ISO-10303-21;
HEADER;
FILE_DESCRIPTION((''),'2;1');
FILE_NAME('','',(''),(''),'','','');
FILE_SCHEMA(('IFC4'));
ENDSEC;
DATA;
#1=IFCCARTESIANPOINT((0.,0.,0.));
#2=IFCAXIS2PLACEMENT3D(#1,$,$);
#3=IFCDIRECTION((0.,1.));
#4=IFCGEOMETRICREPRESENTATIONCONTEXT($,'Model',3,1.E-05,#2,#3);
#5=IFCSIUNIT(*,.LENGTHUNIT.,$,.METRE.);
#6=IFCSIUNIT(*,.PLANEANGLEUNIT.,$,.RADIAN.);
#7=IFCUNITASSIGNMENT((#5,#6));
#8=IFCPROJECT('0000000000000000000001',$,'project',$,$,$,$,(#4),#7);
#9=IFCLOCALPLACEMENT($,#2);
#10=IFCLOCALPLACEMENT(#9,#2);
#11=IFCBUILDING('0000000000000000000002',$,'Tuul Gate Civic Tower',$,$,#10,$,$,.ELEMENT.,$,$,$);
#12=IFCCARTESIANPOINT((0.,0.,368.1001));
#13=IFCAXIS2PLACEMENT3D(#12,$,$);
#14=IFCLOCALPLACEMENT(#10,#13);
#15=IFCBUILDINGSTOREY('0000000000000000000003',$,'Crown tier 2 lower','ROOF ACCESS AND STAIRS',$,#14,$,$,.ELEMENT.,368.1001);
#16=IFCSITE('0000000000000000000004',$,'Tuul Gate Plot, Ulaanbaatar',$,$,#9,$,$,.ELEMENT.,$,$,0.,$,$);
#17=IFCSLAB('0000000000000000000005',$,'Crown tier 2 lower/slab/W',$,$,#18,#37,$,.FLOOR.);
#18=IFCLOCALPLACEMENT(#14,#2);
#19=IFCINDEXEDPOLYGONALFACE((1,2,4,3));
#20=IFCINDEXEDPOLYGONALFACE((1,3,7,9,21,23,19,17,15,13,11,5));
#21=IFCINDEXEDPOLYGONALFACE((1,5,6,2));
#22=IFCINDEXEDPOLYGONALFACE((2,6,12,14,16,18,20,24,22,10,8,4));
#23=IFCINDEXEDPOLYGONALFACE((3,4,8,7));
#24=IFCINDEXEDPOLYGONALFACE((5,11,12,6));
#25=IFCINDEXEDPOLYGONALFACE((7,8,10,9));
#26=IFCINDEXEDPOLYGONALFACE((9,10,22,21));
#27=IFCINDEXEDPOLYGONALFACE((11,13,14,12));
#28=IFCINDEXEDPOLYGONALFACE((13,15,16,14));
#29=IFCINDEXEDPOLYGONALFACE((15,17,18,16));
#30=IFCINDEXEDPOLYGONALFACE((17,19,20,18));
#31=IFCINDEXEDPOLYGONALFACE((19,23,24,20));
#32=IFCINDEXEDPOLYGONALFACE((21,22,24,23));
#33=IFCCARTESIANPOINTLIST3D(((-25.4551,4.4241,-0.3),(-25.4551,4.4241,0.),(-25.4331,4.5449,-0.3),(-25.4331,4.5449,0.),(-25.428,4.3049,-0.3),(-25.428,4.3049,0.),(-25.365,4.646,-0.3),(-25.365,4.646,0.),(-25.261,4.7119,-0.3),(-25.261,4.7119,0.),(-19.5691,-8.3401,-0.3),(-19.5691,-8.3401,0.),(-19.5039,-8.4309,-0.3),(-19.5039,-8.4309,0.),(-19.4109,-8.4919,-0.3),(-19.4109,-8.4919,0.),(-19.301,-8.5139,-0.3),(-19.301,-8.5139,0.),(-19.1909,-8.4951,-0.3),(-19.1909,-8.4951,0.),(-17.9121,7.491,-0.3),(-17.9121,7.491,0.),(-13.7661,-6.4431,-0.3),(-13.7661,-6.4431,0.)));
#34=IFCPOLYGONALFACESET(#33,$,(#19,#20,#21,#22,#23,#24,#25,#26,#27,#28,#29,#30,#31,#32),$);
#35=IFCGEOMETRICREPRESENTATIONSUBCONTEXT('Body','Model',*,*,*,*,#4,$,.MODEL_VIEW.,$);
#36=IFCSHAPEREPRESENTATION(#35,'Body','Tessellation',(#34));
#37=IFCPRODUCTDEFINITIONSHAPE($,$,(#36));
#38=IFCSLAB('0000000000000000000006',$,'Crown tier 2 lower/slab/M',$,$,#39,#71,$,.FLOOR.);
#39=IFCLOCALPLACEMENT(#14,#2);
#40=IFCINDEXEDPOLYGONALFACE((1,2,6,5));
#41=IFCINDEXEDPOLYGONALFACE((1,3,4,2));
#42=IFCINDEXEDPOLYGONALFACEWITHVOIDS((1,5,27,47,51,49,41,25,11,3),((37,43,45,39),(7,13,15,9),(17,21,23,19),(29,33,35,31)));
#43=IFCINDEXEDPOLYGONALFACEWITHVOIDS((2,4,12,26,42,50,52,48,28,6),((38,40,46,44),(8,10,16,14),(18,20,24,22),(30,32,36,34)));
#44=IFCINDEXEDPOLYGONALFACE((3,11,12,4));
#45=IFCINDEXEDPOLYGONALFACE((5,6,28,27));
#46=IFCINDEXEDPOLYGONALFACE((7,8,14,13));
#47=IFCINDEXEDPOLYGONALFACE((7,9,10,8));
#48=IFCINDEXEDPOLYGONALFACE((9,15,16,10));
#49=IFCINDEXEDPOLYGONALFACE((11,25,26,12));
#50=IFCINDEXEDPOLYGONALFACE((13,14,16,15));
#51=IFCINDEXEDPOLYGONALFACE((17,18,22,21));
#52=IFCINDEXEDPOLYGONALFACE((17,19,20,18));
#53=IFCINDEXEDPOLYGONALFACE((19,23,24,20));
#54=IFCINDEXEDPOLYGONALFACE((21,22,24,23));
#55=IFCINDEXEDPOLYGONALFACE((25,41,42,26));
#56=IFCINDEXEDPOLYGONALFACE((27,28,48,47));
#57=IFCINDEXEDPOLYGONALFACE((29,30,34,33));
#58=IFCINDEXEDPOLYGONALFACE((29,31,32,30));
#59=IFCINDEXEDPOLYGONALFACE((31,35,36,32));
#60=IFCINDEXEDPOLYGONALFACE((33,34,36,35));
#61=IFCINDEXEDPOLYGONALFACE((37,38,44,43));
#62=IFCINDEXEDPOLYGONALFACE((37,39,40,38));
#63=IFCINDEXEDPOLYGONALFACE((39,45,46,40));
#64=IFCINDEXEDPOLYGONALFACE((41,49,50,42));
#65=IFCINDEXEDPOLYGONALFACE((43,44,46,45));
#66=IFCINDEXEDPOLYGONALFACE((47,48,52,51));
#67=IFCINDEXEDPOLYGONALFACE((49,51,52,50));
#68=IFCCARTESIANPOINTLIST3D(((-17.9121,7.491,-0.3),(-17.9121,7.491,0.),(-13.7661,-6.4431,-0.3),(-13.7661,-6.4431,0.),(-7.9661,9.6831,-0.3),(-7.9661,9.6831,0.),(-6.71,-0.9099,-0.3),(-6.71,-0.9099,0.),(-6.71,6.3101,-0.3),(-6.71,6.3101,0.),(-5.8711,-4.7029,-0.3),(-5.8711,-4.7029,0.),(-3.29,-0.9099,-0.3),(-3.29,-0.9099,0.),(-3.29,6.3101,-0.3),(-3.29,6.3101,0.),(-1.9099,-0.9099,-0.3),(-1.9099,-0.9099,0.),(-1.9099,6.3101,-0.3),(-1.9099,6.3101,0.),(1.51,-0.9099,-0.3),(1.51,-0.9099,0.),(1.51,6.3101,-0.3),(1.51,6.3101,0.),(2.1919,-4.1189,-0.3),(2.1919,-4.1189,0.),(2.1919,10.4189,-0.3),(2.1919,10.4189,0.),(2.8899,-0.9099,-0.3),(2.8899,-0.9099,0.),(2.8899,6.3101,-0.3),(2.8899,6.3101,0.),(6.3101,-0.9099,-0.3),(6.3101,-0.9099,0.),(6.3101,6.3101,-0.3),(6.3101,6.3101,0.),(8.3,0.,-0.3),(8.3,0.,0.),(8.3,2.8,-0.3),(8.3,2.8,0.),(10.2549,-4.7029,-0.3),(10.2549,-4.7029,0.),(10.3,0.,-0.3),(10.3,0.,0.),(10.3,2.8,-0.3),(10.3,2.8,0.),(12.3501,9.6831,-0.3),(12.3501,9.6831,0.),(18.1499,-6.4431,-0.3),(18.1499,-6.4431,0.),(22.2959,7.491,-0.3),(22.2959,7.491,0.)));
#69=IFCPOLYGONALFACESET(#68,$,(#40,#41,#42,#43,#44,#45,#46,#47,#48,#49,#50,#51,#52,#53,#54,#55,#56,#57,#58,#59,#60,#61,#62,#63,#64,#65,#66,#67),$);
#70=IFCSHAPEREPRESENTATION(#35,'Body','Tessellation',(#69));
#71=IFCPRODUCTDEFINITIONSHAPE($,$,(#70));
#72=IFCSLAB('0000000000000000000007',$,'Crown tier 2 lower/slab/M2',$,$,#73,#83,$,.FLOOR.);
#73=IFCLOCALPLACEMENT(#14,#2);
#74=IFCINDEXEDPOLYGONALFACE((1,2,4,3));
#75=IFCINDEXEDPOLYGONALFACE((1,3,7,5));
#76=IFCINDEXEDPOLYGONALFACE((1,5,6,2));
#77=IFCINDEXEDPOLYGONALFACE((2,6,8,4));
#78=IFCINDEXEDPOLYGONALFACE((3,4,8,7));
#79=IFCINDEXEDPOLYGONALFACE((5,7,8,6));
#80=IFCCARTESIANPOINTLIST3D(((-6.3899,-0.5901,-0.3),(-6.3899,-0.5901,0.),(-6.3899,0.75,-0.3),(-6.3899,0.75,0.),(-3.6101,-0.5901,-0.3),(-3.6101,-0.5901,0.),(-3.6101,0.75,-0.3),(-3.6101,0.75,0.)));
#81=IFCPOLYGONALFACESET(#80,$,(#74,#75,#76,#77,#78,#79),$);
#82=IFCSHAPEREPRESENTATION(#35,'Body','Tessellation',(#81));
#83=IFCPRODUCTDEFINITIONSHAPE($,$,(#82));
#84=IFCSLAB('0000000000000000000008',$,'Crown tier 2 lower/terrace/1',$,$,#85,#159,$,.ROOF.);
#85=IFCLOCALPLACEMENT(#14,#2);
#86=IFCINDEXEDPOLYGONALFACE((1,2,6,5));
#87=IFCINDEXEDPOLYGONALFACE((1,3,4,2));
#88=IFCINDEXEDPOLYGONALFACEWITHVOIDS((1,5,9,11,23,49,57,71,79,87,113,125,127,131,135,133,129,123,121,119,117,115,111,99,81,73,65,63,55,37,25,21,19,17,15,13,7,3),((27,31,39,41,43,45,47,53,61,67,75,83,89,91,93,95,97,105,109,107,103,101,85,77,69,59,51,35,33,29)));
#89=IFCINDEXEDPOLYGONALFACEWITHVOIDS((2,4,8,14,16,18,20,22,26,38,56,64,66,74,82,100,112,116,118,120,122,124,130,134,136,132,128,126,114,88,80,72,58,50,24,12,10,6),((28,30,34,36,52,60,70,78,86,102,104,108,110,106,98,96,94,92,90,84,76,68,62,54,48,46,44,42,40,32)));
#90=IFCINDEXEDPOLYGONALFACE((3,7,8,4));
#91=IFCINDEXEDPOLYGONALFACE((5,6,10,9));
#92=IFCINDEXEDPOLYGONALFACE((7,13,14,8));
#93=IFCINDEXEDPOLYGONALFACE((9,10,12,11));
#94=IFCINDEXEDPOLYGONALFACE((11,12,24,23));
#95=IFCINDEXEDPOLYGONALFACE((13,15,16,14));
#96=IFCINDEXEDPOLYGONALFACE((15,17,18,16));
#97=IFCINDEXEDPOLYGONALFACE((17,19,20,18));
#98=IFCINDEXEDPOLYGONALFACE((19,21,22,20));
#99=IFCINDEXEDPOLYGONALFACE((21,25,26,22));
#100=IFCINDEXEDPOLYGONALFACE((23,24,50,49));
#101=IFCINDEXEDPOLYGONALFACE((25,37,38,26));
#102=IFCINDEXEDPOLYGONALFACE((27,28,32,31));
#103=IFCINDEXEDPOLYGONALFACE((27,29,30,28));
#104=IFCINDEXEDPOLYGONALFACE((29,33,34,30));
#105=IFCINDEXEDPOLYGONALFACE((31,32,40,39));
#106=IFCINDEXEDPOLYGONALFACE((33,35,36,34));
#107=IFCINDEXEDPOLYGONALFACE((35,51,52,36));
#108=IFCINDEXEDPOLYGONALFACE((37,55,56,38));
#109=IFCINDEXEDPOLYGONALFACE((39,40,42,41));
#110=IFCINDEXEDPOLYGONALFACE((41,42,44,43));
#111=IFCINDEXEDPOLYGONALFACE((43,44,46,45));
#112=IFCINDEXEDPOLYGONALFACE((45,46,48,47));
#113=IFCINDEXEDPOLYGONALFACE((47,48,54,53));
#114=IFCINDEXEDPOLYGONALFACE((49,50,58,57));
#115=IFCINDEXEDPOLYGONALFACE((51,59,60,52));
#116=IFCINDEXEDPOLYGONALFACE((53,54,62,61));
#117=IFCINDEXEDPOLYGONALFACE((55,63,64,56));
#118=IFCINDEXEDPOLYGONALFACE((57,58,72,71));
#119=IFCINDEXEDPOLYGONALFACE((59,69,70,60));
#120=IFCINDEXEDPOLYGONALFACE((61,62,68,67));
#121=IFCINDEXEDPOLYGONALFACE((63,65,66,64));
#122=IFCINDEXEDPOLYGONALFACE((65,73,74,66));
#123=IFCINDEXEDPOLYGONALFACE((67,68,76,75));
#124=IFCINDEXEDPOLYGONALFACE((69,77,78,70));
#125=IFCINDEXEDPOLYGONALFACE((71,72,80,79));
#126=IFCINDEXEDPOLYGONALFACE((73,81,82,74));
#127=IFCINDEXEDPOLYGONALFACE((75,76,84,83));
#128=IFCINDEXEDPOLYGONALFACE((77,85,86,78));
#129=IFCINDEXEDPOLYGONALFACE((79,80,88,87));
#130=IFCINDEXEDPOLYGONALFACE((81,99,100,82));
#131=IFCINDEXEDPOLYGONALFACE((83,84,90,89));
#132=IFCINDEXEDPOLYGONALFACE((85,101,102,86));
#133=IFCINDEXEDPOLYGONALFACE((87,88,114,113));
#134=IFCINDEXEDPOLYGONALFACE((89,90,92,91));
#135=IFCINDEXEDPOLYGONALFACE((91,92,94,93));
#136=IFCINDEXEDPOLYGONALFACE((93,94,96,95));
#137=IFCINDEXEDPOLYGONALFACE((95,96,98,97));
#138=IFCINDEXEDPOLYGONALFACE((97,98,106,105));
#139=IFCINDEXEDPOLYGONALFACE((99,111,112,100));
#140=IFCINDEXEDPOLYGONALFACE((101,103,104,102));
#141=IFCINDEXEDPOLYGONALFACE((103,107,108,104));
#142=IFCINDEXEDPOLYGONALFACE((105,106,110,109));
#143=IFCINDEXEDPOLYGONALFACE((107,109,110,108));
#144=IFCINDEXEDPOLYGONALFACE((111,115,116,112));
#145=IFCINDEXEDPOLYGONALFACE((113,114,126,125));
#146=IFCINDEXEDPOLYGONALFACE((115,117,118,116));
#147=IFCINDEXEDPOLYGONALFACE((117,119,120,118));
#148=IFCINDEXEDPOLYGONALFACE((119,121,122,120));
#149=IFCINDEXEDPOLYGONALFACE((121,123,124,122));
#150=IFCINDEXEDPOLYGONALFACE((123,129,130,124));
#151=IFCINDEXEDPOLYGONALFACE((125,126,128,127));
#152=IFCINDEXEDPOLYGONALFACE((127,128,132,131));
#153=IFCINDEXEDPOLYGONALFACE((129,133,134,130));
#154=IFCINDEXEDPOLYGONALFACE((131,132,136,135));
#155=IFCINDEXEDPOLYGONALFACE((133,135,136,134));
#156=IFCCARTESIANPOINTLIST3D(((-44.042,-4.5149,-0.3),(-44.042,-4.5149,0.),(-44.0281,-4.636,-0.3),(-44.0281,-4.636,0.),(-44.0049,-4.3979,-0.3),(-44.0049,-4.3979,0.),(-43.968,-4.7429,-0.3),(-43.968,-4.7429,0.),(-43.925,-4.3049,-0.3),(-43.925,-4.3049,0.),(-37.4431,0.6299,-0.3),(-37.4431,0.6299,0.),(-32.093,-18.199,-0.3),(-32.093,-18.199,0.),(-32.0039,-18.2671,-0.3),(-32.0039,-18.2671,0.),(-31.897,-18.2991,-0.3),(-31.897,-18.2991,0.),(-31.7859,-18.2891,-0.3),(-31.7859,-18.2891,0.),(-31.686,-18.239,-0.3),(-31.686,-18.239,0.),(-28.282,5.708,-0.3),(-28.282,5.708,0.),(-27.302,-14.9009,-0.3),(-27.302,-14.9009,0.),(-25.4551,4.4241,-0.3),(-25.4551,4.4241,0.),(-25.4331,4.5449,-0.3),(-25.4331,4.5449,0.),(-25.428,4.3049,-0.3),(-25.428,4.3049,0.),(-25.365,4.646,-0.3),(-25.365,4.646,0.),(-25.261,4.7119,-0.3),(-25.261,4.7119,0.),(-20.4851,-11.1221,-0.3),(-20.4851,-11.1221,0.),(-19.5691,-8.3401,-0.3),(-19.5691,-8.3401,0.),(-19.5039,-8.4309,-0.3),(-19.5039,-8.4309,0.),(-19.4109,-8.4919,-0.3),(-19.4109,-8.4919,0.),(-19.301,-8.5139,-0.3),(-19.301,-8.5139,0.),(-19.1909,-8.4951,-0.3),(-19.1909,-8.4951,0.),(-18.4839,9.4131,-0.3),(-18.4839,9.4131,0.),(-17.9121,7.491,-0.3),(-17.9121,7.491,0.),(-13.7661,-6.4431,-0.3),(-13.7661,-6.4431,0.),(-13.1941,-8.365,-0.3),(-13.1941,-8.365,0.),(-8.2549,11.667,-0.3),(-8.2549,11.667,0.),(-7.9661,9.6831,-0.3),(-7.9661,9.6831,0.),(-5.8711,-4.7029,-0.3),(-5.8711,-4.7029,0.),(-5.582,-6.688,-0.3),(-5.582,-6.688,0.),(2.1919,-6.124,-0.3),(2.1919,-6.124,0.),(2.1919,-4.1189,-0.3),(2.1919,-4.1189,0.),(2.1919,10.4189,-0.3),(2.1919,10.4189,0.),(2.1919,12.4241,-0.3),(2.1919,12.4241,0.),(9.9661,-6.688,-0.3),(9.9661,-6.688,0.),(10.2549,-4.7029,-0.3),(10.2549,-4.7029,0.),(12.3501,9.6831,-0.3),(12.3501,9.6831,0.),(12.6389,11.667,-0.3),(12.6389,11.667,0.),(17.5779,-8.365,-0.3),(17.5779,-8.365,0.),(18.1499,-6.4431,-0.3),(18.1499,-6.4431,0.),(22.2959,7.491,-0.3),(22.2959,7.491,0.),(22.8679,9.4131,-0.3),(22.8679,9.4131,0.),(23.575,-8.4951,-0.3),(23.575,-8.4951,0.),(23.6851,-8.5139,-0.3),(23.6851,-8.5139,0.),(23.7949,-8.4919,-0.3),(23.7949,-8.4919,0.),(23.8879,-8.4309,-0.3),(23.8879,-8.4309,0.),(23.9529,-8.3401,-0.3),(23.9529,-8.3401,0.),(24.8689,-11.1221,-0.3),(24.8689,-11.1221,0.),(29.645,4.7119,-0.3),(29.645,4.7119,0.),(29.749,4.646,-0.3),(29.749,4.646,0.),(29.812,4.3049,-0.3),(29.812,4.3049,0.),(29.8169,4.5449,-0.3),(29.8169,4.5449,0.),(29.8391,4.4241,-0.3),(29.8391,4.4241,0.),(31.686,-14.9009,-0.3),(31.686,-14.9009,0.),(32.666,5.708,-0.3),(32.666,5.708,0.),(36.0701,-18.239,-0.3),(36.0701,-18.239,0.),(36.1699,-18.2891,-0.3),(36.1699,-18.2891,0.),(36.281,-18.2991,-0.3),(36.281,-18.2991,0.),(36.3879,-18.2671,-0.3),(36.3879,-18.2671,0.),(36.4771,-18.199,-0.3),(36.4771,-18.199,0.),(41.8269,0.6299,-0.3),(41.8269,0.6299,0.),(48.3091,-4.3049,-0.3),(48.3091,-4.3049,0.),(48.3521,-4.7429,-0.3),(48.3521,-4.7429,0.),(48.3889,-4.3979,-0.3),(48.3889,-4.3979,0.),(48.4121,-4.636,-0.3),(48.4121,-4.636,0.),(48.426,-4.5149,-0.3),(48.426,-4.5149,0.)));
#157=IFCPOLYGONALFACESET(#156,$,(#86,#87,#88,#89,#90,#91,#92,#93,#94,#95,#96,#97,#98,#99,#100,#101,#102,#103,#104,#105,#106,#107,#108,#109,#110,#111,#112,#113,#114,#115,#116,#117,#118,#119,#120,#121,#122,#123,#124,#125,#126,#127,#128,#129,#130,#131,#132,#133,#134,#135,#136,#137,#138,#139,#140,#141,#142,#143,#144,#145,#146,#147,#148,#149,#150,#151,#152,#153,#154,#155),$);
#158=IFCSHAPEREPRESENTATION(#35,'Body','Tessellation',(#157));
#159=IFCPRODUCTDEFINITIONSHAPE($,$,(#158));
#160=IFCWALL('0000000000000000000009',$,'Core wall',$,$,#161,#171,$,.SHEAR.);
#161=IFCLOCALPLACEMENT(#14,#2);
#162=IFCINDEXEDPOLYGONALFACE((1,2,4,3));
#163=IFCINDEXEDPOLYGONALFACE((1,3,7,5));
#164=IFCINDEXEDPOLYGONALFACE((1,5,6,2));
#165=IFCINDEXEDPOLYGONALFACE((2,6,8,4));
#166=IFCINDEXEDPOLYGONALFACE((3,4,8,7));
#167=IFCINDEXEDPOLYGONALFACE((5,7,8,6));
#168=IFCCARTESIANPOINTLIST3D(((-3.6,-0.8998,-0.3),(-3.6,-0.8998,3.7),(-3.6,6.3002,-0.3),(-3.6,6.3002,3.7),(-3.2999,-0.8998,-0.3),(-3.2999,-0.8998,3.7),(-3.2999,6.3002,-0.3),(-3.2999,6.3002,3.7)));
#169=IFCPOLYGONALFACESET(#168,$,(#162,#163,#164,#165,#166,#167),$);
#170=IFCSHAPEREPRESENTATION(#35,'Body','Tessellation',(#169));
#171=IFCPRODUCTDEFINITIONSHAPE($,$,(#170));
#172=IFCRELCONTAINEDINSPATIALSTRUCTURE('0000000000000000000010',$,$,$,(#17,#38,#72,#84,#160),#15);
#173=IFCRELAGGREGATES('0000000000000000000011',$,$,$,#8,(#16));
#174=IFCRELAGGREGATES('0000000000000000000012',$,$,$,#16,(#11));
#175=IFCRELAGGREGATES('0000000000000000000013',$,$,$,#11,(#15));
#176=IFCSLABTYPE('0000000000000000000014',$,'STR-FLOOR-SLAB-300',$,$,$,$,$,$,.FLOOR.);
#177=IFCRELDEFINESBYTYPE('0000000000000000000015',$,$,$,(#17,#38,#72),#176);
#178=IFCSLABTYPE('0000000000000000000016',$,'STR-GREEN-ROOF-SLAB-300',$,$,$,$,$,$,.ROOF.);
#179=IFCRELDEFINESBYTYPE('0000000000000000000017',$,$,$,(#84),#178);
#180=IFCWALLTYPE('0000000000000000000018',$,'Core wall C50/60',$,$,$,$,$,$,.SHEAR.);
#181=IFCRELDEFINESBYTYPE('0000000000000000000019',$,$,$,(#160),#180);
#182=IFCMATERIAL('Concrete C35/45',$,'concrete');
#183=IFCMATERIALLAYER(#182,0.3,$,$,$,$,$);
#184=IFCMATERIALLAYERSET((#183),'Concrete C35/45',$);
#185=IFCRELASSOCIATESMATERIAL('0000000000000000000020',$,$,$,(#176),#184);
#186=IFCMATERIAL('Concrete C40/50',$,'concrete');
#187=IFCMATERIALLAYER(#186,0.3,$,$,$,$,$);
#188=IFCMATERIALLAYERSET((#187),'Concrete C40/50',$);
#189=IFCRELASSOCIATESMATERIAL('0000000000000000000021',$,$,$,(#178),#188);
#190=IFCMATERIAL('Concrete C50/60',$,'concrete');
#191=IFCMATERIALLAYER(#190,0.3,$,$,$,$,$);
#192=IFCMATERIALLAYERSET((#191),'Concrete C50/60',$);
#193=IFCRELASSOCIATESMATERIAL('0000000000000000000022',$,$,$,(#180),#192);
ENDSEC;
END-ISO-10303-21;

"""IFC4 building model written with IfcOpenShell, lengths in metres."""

from ifc_helpers import new_model, si_unit, direction, frame, frame_2d, origin, place, context, subcontext, project, spatial, polyline, rectangle, outline, extrude, material, layer, layer_set, type_object, element, save


model = new_model("IFC4")

# Units and contexts
model_context = context("Model", 3, precision=1e-05, world=origin(), true_north=direction((0.0, 1.0)))
body_context = subcontext(model_context, "Body", "Model", "MODEL_VIEW")
ifc_project = project(units=[si_unit("LENGTHUNIT", "METRE"), si_unit("PLANEANGLEUNIT", "RADIAN")], contexts=[model_context])

# Site, building, storey
site_placement = place(None, origin())
site = spatial("IfcSite", under=ifc_project, at=site_placement, Name="Tuul Gate Plot, Ulaanbaatar", CompositionType="ELEMENT", RefElevation=0.0)
building_placement = place(site_placement, origin())
building = spatial("IfcBuilding", under=site, at=building_placement, Name="Tuul Gate Civic Tower", CompositionType="ELEMENT")
storey_placement = place(building_placement, frame((0.0, 0.0, 368.1001)))
storey = spatial("IfcBuildingStorey", under=building, at=storey_placement, Name="Crown tier 2 lower", Description="ROOF ACCESS AND STAIRS", CompositionType="ELEMENT", Elevation=368.1001)

# Slabs
ifc_material_1 = material(Name="Concrete C35/45", Category="concrete")
ifc_layer_1 = layer(ifc_material_1, 0.3)
ifc_layer_set_1 = layer_set([ifc_layer_1], Name="Concrete C35/45")
slab_type_1 = type_object("IfcSlabType", Name="STR-FLOOR-SLAB-300", PredefinedType="FLOOR", material=ifc_layer_set_1)
slab_1_placement = place(storey_placement, frame((0.0, 0.0, -0.3)))
element("IfcSlab", 1, at=slab_1_placement, inside=storey, type_object=slab_type_1, Name="Crown tier 2 lower/slab/W", PredefinedType="FLOOR", context=body_context, shape_type="SweptSolid", body=[
    extrude(outline(polyline([(-13.7661, -6.4431), (-17.9121, 7.491), (-25.261, 4.7119), (-25.365, 4.646), (-25.4331, 4.5449), (-25.4551, 4.4241), (-25.428, 4.3049), (-19.5691, -8.3401), (-19.5039, -8.4309), (-19.4109, -8.4919), (-19.301, -8.5139), (-19.1909, -8.4951), (-13.7661, -6.4431)])), origin(), (0.0, 0.0, 1.0), 0.3),
])
slab_2_placement = place(storey_placement, frame((0.0, 0.0, -0.3)))
element("IfcSlab", 2, at=slab_2_placement, inside=storey, type_object=slab_type_1, Name="Crown tier 2 lower/slab/M", PredefinedType="FLOOR", context=body_context, shape_type="SweptSolid", body=[
    extrude(outline(polyline([(10.2549, -4.7029), (18.1499, -6.4431), (22.2959, 7.491), (12.3501, 9.6831), (2.1919, 10.4189), (-7.9661, 9.6831), (-17.9121, 7.491), (-13.7661, -6.4431), (-5.8711, -4.7029), (2.1919, -4.1189), (10.2549, -4.7029)]), holes=[polyline([(10.3, 0.0), (8.3, 0.0), (8.3, 2.8), (10.3, 2.8), (10.3, 0.0)]), polyline([(-6.71, -0.9099), (-6.71, 6.3101), (-3.29, 6.3101), (-3.29, -0.9099), (-6.71, -0.9099)]), polyline([(-1.9099, -0.9099), (-1.9099, 6.3101), (1.51, 6.3101), (1.51, -0.9099), (-1.9099, -0.9099)]), polyline([(2.8899, -0.9099), (2.8899, 6.3101), (6.3101, 6.3101), (6.3101, -0.9099), (2.8899, -0.9099)])]), origin(), (0.0, 0.0, 1.0), 0.3),
])
slab_3_placement = place(storey_placement, frame((0.0, 0.0, -0.3)))
element("IfcSlab", 3, at=slab_3_placement, inside=storey, type_object=slab_type_1, Name="Crown tier 2 lower/slab/M2", PredefinedType="FLOOR", context=body_context, shape_type="SweptSolid", body=[
    extrude(outline(polyline([(-3.6101, 0.75), (-6.3899, 0.75), (-6.3899, -0.5901), (-3.6101, -0.5901), (-3.6101, 0.75)])), origin(), (0.0, 0.0, 1.0), 0.3),
])
ifc_material_2 = material(Name="Concrete C40/50", Category="concrete")
ifc_layer_2 = layer(ifc_material_2, 0.3)
ifc_layer_set_2 = layer_set([ifc_layer_2], Name="Concrete C40/50")
slab_type_2 = type_object("IfcSlabType", Name="STR-GREEN-ROOF-SLAB-300", PredefinedType="ROOF", material=ifc_layer_set_2)
slab_4_placement = place(storey_placement, frame((0.0, 0.0, -0.3)))
element("IfcSlab", 4, at=slab_4_placement, inside=storey, type_object=slab_type_2, Name="Crown tier 2 lower/terrace/1", PredefinedType="ROOF", context=body_context, shape_type="SweptSolid", body=[
    extrude(outline(polyline([(36.4771, -18.199), (36.3879, -18.2671), (36.281, -18.2991), (36.1699, -18.2891), (36.0701, -18.239), (31.686, -14.9009), (24.8689, -11.1221), (17.5779, -8.365), (9.9661, -6.688), (2.1919, -6.124), (-5.582, -6.688), (-13.1941, -8.365), (-20.4851, -11.1221), (-27.302, -14.9009), (-31.686, -18.239), (-31.7859, -18.2891), (-31.897, -18.2991), (-32.0039, -18.2671), (-32.093, -18.199), (-43.968, -4.7429), (-44.0281, -4.636), (-44.042, -4.5149), (-44.0049, -4.3979), (-43.925, -4.3049), (-37.4431, 0.6299), (-28.282, 5.708), (-18.4839, 9.4131), (-8.2549, 11.667), (2.1919, 12.4241), (12.6389, 11.667), (22.8679, 9.4131), (32.666, 5.708), (41.8269, 0.6299), (48.3091, -4.3049), (48.3889, -4.3979), (48.426, -4.5149), (48.4121, -4.636), (48.3521, -4.7429), (36.4771, -18.199)]), holes=[polyline([(29.8391, 4.4241), (29.8169, 4.5449), (29.749, 4.646), (29.645, 4.7119), (22.2959, 7.491), (12.3501, 9.6831), (2.1919, 10.4189), (-7.9661, 9.6831), (-17.9121, 7.491), (-25.261, 4.7119), (-25.365, 4.646), (-25.4331, 4.5449), (-25.4551, 4.4241), (-25.428, 4.3049), (-19.5691, -8.3401), (-19.5039, -8.4309), (-19.4109, -8.4919), (-19.301, -8.5139), (-19.1909, -8.4951), (-13.7661, -6.4431), (-5.8711, -4.7029), (2.1919, -4.1189), (10.2549, -4.7029), (18.1499, -6.4431), (23.575, -8.4951), (23.6851, -8.5139), (23.7949, -8.4919), (23.8879, -8.4309), (23.9529, -8.3401), (29.812, 4.3049), (29.8391, 4.4241)])]), origin(), (0.0, 0.0, 1.0), 0.3),
])

# Wall
ifc_material_3 = material(Name="Concrete C50/60", Category="concrete")
ifc_layer_3 = layer(ifc_material_3, 0.3)
ifc_layer_set_3 = layer_set([ifc_layer_3], Name="Concrete C50/60")
wall_type = type_object("IfcWallType", Name="Core wall C50/60", PredefinedType="SHEAR", material=ifc_layer_set_3)
wall_1_placement = place(storey_placement, frame((-3.45, -0.8999, -0.3), z_axis=(0.0, 0.0, 1.0), x_axis=(0.0, 1.0, 0.0)))
element("IfcWall", 5, at=wall_1_placement, inside=storey, type_object=wall_type, Name="Core wall", PredefinedType="SHEAR", context=body_context, shape_type="SweptSolid", body=[
    extrude(rectangle(XDim=7.2, YDim=0.3, at=frame_2d((3.6001, 0.0))), origin(), (0.0, 0.0, 1.0), 4.0),
])

save(model, "model.ifc")
